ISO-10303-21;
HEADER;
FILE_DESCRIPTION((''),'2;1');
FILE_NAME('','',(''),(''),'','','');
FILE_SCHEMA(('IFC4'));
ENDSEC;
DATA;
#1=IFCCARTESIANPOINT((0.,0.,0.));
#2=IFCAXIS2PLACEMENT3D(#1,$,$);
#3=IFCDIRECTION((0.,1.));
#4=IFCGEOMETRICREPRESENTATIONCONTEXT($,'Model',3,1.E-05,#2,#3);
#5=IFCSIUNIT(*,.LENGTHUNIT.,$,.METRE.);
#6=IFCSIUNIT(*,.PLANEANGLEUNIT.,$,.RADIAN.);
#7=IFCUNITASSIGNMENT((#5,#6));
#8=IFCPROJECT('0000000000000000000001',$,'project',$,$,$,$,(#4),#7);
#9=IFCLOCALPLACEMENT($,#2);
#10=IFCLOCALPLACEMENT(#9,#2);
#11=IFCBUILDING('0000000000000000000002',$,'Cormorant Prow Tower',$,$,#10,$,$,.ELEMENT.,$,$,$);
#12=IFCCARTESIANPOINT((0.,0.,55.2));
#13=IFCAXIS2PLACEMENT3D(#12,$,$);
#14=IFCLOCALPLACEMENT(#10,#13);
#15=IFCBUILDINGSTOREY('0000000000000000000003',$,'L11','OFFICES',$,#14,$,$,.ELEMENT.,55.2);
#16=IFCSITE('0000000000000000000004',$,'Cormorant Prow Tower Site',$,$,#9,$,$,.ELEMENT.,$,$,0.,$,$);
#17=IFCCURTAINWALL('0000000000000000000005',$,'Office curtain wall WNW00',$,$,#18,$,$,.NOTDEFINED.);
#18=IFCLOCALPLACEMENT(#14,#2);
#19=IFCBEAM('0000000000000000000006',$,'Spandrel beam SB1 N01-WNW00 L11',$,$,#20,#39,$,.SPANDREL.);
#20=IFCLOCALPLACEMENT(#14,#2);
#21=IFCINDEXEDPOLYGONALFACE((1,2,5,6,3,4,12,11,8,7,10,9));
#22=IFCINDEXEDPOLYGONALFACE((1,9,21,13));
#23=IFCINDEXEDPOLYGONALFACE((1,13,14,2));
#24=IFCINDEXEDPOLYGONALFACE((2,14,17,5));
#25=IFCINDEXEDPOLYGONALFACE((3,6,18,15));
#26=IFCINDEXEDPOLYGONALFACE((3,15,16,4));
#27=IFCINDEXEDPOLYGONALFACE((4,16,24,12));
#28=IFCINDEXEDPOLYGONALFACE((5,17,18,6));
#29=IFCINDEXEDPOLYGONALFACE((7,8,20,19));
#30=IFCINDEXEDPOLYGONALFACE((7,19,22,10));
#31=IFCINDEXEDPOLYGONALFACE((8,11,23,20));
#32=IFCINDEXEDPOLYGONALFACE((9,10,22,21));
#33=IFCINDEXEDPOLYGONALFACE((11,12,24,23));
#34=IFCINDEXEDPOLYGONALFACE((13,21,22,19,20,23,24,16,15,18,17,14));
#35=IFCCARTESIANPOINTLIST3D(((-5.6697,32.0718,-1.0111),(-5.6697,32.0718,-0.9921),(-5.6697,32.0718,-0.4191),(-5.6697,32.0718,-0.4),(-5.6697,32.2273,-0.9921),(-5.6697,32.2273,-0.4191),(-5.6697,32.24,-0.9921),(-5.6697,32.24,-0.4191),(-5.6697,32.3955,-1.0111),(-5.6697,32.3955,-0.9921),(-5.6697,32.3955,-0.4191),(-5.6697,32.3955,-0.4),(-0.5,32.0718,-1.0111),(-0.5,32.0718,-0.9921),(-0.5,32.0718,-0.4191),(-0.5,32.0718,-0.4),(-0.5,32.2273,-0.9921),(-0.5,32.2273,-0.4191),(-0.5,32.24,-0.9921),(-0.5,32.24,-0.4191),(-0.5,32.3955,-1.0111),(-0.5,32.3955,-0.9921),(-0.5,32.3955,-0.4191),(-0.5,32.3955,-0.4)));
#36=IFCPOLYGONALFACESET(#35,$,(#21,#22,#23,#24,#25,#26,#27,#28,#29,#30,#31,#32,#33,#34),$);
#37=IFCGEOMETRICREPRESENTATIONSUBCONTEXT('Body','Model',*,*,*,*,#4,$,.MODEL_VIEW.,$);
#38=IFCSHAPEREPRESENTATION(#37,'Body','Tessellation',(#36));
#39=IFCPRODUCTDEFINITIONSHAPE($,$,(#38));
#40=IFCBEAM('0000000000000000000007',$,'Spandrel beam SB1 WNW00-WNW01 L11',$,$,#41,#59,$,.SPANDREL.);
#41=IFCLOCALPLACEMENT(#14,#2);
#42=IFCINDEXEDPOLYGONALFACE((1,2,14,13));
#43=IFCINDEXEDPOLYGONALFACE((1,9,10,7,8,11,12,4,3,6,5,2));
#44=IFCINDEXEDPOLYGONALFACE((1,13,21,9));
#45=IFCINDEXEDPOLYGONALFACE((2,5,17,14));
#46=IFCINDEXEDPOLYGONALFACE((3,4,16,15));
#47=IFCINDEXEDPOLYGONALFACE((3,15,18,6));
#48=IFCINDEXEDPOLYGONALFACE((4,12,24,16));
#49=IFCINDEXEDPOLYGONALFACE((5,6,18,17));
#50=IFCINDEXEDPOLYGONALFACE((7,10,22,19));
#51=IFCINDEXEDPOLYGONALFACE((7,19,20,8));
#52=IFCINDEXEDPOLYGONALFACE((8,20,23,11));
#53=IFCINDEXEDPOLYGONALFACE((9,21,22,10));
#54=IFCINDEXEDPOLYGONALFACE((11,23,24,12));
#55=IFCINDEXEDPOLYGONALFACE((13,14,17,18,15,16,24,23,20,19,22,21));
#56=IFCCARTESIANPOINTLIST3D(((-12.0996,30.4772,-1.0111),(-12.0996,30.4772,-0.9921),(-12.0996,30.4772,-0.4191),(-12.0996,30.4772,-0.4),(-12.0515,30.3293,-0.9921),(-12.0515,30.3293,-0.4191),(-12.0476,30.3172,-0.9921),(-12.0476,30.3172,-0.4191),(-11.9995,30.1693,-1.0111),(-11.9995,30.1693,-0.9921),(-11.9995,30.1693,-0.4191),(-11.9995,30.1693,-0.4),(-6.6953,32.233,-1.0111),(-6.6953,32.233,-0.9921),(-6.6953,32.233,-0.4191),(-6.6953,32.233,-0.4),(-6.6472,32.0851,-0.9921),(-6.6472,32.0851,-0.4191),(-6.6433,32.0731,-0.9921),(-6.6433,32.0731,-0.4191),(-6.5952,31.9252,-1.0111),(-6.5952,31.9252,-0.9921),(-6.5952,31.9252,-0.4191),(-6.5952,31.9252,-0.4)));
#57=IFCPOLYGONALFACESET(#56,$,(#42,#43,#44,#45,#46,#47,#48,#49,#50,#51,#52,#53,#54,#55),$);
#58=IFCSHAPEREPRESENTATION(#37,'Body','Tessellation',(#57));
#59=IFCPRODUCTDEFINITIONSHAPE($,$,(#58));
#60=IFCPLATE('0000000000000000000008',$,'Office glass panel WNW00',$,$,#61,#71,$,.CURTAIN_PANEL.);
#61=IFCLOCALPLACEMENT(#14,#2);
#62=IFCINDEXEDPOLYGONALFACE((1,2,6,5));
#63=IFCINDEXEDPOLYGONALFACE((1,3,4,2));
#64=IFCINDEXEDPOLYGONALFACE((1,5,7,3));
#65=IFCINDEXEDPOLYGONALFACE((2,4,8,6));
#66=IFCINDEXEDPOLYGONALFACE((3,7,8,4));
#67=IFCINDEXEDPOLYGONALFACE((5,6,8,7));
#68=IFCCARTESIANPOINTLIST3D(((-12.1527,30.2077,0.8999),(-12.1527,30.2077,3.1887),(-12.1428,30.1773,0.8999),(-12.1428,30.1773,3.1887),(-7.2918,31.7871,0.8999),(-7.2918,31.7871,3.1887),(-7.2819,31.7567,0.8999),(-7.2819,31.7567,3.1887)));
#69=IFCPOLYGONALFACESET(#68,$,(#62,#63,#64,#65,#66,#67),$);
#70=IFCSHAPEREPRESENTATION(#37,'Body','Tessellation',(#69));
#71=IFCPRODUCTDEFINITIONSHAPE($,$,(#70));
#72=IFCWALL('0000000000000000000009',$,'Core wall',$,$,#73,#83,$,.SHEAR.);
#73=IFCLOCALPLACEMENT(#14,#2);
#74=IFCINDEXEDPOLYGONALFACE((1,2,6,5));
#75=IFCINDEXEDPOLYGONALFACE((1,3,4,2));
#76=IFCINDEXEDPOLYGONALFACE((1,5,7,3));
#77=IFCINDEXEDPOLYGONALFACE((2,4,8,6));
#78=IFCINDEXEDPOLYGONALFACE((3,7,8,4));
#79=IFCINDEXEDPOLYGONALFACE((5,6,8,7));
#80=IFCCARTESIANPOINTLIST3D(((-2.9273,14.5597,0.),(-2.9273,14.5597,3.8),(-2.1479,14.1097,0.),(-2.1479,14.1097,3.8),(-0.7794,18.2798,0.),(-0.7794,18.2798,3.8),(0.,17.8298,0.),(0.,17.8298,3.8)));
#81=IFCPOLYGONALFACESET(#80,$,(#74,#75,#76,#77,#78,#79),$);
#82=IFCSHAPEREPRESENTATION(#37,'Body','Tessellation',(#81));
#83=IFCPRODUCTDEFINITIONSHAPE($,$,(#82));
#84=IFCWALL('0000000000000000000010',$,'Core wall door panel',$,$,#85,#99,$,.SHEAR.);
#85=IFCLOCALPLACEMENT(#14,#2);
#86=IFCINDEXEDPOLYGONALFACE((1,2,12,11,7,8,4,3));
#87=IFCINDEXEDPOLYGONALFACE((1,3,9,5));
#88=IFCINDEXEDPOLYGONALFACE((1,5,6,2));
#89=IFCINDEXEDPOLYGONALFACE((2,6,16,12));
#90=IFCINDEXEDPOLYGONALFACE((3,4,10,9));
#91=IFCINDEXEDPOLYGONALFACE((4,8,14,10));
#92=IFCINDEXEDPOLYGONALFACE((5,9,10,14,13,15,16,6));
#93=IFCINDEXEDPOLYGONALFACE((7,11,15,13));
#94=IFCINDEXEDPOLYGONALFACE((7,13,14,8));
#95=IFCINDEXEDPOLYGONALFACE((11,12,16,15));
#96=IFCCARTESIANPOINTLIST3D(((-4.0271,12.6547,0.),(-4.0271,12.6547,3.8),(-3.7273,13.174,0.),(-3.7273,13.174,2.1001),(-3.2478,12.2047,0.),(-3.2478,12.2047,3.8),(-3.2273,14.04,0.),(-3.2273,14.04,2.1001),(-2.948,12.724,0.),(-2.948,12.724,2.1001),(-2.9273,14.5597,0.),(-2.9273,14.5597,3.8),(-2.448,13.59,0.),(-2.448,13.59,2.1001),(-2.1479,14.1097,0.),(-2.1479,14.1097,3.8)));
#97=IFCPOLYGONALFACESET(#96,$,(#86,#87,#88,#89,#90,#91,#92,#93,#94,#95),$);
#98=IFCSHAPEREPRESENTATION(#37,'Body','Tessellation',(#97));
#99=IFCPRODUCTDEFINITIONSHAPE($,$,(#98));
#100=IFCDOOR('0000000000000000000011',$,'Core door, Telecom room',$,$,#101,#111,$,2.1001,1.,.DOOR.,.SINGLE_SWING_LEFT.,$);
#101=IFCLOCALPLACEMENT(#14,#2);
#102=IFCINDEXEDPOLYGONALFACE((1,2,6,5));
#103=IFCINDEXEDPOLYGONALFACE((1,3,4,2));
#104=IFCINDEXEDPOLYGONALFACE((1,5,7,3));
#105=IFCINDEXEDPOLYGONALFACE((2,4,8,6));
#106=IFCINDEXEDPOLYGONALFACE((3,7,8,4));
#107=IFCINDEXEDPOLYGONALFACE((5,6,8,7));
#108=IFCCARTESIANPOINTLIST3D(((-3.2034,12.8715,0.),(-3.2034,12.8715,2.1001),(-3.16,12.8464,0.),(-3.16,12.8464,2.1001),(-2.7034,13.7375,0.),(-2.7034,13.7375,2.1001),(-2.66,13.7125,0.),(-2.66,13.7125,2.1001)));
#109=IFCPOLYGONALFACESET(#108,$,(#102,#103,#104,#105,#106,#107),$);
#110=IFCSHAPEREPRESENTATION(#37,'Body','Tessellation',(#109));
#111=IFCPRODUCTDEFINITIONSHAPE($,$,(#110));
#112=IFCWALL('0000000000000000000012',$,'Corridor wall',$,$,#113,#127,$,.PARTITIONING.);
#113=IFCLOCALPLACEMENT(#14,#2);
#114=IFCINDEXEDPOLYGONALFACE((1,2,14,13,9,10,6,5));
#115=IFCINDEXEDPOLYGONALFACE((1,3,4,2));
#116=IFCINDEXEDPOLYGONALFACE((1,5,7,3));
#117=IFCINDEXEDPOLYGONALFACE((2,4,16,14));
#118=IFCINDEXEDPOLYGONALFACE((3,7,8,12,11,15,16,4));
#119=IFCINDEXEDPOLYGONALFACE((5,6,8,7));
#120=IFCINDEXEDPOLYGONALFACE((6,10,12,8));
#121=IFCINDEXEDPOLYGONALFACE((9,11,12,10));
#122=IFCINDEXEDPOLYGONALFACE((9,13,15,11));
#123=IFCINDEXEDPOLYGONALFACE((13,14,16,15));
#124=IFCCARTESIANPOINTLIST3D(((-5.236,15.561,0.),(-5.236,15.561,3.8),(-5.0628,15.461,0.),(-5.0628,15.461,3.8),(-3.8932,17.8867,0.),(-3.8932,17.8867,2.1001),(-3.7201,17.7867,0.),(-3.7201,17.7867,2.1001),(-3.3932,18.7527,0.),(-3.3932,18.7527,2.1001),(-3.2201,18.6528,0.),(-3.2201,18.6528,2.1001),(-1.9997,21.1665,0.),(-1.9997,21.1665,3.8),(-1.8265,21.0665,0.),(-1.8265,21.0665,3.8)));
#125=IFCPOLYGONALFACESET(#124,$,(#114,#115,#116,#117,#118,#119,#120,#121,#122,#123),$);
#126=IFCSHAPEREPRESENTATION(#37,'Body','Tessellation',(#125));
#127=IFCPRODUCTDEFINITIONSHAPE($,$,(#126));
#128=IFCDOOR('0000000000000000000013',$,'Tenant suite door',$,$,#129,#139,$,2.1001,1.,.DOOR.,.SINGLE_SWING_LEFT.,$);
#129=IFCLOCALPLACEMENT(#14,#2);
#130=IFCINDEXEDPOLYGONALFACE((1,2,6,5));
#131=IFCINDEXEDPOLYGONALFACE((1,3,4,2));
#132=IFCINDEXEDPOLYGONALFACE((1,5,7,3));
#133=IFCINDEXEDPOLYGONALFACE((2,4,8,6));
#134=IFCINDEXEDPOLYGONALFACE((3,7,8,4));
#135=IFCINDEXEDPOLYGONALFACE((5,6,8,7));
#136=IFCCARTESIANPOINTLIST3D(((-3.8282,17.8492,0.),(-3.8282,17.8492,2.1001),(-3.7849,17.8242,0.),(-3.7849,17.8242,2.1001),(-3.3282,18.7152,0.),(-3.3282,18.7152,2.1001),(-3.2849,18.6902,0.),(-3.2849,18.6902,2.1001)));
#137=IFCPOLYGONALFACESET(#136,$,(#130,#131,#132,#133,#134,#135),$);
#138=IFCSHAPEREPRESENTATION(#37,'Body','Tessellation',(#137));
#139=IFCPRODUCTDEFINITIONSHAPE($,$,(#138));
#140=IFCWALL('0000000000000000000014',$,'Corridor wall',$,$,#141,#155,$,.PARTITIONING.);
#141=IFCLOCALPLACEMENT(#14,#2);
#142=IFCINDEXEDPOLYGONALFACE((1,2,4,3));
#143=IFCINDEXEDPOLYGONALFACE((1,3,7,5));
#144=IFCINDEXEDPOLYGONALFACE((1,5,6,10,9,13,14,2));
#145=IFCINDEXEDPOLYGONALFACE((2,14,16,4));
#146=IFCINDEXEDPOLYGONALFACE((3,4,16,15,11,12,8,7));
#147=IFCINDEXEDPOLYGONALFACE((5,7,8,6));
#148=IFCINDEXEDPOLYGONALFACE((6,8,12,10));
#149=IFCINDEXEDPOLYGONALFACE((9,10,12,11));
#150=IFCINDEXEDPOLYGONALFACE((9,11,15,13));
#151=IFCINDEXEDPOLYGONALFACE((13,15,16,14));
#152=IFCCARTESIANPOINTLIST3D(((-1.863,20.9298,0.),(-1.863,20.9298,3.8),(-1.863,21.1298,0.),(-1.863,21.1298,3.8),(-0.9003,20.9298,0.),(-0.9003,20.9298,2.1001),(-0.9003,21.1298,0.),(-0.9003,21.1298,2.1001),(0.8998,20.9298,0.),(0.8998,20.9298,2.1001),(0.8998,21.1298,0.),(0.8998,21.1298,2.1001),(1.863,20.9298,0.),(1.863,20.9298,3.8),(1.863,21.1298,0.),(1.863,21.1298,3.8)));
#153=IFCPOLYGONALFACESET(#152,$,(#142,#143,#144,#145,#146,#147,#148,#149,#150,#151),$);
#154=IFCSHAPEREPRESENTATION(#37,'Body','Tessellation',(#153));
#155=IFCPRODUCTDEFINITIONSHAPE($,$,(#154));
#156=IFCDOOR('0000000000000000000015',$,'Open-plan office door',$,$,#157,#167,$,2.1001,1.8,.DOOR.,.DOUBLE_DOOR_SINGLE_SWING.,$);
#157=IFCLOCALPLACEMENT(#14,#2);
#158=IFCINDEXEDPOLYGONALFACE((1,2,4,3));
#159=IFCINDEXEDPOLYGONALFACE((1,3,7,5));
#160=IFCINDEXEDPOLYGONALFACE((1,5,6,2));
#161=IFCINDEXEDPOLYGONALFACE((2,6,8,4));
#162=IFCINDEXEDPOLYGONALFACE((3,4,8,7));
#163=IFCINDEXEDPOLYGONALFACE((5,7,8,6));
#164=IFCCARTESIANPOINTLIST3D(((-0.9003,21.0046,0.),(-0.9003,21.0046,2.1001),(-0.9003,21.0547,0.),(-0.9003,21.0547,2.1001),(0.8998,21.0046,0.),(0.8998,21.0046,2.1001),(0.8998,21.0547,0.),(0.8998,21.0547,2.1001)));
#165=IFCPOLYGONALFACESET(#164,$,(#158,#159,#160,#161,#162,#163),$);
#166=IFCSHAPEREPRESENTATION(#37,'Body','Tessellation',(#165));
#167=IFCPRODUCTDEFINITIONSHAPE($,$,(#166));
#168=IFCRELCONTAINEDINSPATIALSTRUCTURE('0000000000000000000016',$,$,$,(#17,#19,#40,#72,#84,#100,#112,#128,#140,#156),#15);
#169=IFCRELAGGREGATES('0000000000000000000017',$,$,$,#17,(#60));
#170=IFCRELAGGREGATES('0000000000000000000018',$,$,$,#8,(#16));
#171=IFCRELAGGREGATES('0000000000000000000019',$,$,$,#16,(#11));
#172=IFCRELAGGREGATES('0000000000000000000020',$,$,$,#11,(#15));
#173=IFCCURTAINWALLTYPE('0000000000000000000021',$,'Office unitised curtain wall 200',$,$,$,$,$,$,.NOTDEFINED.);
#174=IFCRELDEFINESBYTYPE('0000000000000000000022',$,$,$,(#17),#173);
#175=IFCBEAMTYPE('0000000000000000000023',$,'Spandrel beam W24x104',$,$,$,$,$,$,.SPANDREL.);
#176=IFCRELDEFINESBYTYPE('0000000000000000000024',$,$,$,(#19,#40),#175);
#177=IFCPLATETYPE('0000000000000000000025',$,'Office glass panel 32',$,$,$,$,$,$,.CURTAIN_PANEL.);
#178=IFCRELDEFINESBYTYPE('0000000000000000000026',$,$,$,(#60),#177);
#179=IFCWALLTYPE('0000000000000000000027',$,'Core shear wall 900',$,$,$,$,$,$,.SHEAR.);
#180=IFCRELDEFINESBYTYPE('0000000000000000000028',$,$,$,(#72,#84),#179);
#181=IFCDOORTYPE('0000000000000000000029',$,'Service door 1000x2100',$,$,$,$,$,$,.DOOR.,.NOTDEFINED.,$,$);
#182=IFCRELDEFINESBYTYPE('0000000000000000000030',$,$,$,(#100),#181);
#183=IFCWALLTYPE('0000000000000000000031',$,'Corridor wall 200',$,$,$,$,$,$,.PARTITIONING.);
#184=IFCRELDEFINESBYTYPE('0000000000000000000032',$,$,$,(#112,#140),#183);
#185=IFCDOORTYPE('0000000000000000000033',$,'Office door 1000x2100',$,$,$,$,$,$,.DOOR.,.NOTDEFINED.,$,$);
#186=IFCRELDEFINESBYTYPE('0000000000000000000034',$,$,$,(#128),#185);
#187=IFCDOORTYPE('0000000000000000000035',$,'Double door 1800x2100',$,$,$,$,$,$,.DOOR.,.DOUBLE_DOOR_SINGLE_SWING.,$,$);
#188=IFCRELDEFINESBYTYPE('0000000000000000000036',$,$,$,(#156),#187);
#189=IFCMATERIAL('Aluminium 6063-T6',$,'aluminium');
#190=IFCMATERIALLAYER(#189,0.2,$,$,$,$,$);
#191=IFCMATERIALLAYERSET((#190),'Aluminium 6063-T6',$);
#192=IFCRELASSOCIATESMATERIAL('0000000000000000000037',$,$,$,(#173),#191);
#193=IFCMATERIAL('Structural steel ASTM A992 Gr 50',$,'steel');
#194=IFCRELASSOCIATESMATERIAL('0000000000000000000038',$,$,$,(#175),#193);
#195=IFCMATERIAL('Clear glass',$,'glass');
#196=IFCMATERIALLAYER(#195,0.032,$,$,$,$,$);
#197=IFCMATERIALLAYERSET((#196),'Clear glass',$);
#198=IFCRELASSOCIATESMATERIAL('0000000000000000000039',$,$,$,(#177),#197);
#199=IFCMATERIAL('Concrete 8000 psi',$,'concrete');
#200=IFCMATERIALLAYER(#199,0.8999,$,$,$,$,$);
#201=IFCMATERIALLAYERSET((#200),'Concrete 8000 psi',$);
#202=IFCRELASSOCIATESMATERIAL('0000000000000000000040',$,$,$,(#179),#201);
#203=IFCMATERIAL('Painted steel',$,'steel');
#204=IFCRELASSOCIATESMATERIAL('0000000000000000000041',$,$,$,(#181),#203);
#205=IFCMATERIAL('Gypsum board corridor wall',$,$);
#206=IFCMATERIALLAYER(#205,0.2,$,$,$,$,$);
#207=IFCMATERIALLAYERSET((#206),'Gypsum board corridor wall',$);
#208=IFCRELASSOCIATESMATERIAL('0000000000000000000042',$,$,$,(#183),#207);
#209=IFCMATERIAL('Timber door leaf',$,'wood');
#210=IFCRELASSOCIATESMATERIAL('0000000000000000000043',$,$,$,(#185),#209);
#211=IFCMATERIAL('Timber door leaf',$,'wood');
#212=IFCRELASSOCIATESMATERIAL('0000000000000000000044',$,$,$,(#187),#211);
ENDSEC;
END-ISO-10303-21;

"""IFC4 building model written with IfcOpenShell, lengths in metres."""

from ifc_helpers import new_model, si_unit, direction, frame, frame_2d, origin, origin_2d, place, context, subcontext, project, spatial, rectangle, i_section, extrude, material, layer, layer_set, material_profile, profile_set, type_object, element, fill, aggregate, save


model = new_model("IFC4")

# Units and contexts
model_context = context("Model", 3, precision=1e-05, world=origin(), true_north=direction((0.0, 1.0)))
body_context = subcontext(model_context, "Body", "Model", "MODEL_VIEW")
ifc_project = project(units=[si_unit("LENGTHUNIT", "METRE"), si_unit("PLANEANGLEUNIT", "RADIAN")], contexts=[model_context])

# Site, building, storey
site_placement = place(None, origin())
site = spatial("IfcSite", under=ifc_project, at=site_placement, Name="Cormorant Prow Tower Site", CompositionType="ELEMENT", RefElevation=0.0)
building_placement = place(site_placement, origin())
building = spatial("IfcBuilding", under=site, at=building_placement, Name="Cormorant Prow Tower", CompositionType="ELEMENT")
storey_placement = place(building_placement, frame((0.0, 0.0, 55.2)))
storey = spatial("IfcBuildingStorey", under=building, at=storey_placement, Name="L11", Description="OFFICES", CompositionType="ELEMENT", Elevation=55.2)

# Curtain wall
ifc_material_1 = material(Name="Aluminium 6063-T6", Category="aluminium")
ifc_layer_1 = layer(ifc_material_1, 0.2)
ifc_layer_set_1 = layer_set([ifc_layer_1], Name="Aluminium 6063-T6")
curtain_wall_type = type_object("IfcCurtainWallType", Name="Office unitised curtain wall 200", PredefinedType="NOTDEFINED", material=ifc_layer_set_1)
curtain_wall_placement = place(storey_placement, origin())
curtain_wall = element("IfcCurtainWall", 1, at=curtain_wall_placement, inside=storey, type_object=curtain_wall_type, Name="Office curtain wall WNW00", PredefinedType="NOTDEFINED")

# Beams
ifc_material_2 = material(Name="Structural steel ASTM A992 Gr 50", Category="steel")
ifc_material_profile_1 = material_profile(ifc_material_2, i_section(OverallWidth=0.3237, OverallDepth=0.6111, WebThickness=0.0127, FlangeThickness=0.019, at=origin_2d()), Name="W24x104")
ifc_profile_set_1 = profile_set([ifc_material_profile_1], Name="Structural steel ASTM A992 Gr 50")
beam_type_1 = type_object("IfcBeamType", Name="Spandrel beam W24x104", PredefinedType="SPANDREL", material=ifc_profile_set_1)
beam_1_placement = place(storey_placement, frame((-0.5, 32.2336, -0.7056), z_axis=(-1.0, 0.0, 0.0), x_axis=(0.0, -1.0, 0.0)))
element("IfcBeam", 2, at=beam_1_placement, inside=storey, type_object=beam_type_1, Name="Spandrel beam SB1 N01-WNW00 L11", PredefinedType="SPANDREL", context=body_context, shape_type="SweptSolid", body=[
    extrude(i_section(OverallWidth=0.3237, OverallDepth=0.6111, WebThickness=0.0127, FlangeThickness=0.019, at=origin_2d()), origin(), (0.0, 0.0, 1.0), 5.1697),
])
beam_2_placement = place(storey_placement, frame((-6.6453, 32.0791, -0.7056), z_axis=(-0.951062, -0.309001, 0.0), x_axis=(0.309001, -0.951062, 0.0)))
element("IfcBeam", 3, at=beam_2_placement, inside=storey, type_object=beam_type_1, Name="Spandrel beam SB1 WNW00-WNW01 L11", PredefinedType="SPANDREL", context=body_context, shape_type="SweptSolid", body=[
    extrude(i_section(OverallWidth=0.3237, OverallDepth=0.6111, WebThickness=0.0127, FlangeThickness=0.019, at=origin_2d()), origin(), (0.0, 0.0, 1.0), 5.6824),
])

# Plate
ifc_material_3 = material(Name="Clear glass", Category="glass")
ifc_layer_2 = layer(ifc_material_3, 0.032)
ifc_layer_set_2 = layer_set([ifc_layer_2], Name="Clear glass")
plate_type = type_object("IfcPlateType", Name="Office glass panel 32", PredefinedType="CURTAIN_PANEL", material=ifc_layer_set_2)
plate_placement = place(storey_placement, frame((-9.7173, 30.9822, 0.8999), z_axis=(0.0, 0.0, 1.0), x_axis=(-0.951056, -0.309017, 0.0)))
plate = element("IfcPlate", 4, at=plate_placement, type_object=plate_type, Name="Office glass panel WNW00", PredefinedType="CURTAIN_PANEL", context=body_context, shape_type="SweptSolid", body=[
    extrude(rectangle(XDim=5.1111, YDim=0.032, at=origin_2d()), origin(), (0.0, 0.0, 1.0), 2.2888),
])
aggregate(curtain_wall, [plate])

# Wall
ifc_material_4 = material(Name="Concrete 8000 psi", Category="concrete")
ifc_layer_3 = layer(ifc_material_4, 0.8999)
ifc_layer_set_3 = layer_set([ifc_layer_3], Name="Concrete 8000 psi")
wall_type_1 = type_object("IfcWallType", Name="Core shear wall 900", PredefinedType="SHEAR", material=ifc_layer_set_3)
wall_1_placement = place(storey_placement, frame((-0.3896, 18.0549, 0.0), z_axis=(0.0, 0.0, 1.0), x_axis=(-0.500014, -0.866017, 0.0)))
element("IfcWall", 5, at=wall_1_placement, inside=storey, type_object=wall_type_1, Name="Core wall", PredefinedType="SHEAR", context=body_context, shape_type="SweptSolid", body=[
    extrude(rectangle(XDim=4.2957, YDim=0.8999, at=frame_2d((2.1479, 0.0))), origin(), (0.0, 0.0, 1.0), 3.8),
])

# Walls, openings, doors
wall_2_placement = place(storey_placement, frame((-2.5376, 14.3347, 0.0), z_axis=(0.0, 0.0, 1.0), x_axis=(-0.499995, -0.866028, 0.0)))
wall_2 = element("IfcWall", 6, at=wall_2_placement, inside=storey, type_object=wall_type_1, Name="Core wall door panel", PredefinedType="SHEAR", context=body_context, shape_type="SweptSolid", body=[
    extrude(rectangle(XDim=2.1997, YDim=0.8999, at=frame_2d((1.0999, 0.0))), origin(), (0.0, 0.0, 1.0), 3.8),
])
opening_1_placement = place(wall_2_placement, frame((0.6001, 0.0, 0.0)))
opening_1 = element("IfcOpeningElement", 7, at=opening_1_placement, cuts=wall_2, PredefinedType="OPENING", context=body_context, shape_type="SweptSolid", body=[
    extrude(rectangle(XDim=1.0, YDim=2.1001, at=frame_2d((0.5, 1.05))), frame((0.0, 0.46, 0.0), z_axis=(0.0, -1.0, 0.0), x_axis=(1.0, 0.0, 0.0)), (0.0, 0.0, 1.0), 0.9199),
])
ifc_material_5 = material(Name="Painted steel", Category="steel")
door_type_1 = type_object("IfcDoorType", Name="Service door 1000x2100", OperationType="NOTDEFINED", PredefinedType="DOOR", material=ifc_material_5)
door_1_placement = place(opening_1_placement, origin())
door_1 = element("IfcDoor", 8, at=door_1_placement, inside=storey, type_object=door_type_1, Name="Core door, Telecom room", OperationType="SINGLE_SWING_LEFT", OverallHeight=2.1001, OverallWidth=1.0, PredefinedType="DOOR", context=body_context, shape_type="SweptSolid", body=[
    extrude(rectangle(XDim=1.0, YDim=2.1001, at=frame_2d((0.5, 1.05))), frame((0.0, 0.2051, 0.0), z_axis=(0.0, -1.0, 0.0), x_axis=(1.0, 0.0, 0.0)), (0.0, 0.0, 1.0), 0.05),
])
fill(opening_1, door_1)
ifc_material_6 = material(Name="Gypsum board corridor wall")
ifc_layer_4 = layer(ifc_material_6, 0.2)
ifc_layer_set_4 = layer_set([ifc_layer_4], Name="Gypsum board corridor wall")
wall_type_2 = type_object("IfcWallType", Name="Corridor wall 200", PredefinedType="PARTITIONING", material=ifc_layer_set_4)
wall_3_placement = place(storey_placement, frame((-5.1494, 15.511, 0.0), z_axis=(0.0, 0.0, 1.0), x_axis=(0.500001, 0.866025, 0.0)))
wall_3 = element("IfcWall", 9, at=wall_3_placement, inside=storey, type_object=wall_type_2, Name="Corridor wall", PredefinedType="PARTITIONING", context=body_context, shape_type="SweptSolid", body=[
    extrude(rectangle(XDim=6.4727, YDim=0.2, at=frame_2d((3.2363, 0.0))), origin(), (0.0, 0.0, 1.0), 3.8),
])
opening_2_placement = place(wall_3_placement, frame((2.6855, 0.0, 0.0)))
opening_2 = element("IfcOpeningElement", 10, at=opening_2_placement, cuts=wall_3, PredefinedType="OPENING", context=body_context, shape_type="SweptSolid", body=[
    extrude(rectangle(XDim=1.0, YDim=2.1001, at=frame_2d((0.5, 1.05))), frame((0.0, 0.1099, 0.0), z_axis=(0.0, -1.0, 0.0), x_axis=(1.0, 0.0, 0.0)), (0.0, 0.0, 1.0), 0.22),
])
ifc_material_7 = material(Name="Timber door leaf", Category="wood")
door_type_2 = type_object("IfcDoorType", Name="Office door 1000x2100", OperationType="NOTDEFINED", PredefinedType="DOOR", material=ifc_material_7)
door_2_placement = place(opening_2_placement, origin())
door_2 = element("IfcDoor", 11, at=door_2_placement, inside=storey, type_object=door_type_2, Name="Tenant suite door", OperationType="SINGLE_SWING_LEFT", OverallHeight=2.1001, OverallWidth=1.0, PredefinedType="DOOR", context=body_context, shape_type="SweptSolid", body=[
    extrude(rectangle(XDim=1.0, YDim=2.1001, at=frame_2d((0.5, 1.05))), frame((0.0, 0.0249, 0.0), z_axis=(0.0, -1.0, 0.0), x_axis=(1.0, 0.0, 0.0)), (0.0, 0.0, 1.0), 0.05),
])
fill(opening_2, door_2)
wall_4_placement = place(storey_placement, frame((-1.863, 21.0298, 0.0), z_axis=(0.0, 0.0, 1.0), x_axis=(1.0, 0.0, 0.0)))
wall_4 = element("IfcWall", 12, at=wall_4_placement, inside=storey, type_object=wall_type_2, Name="Corridor wall", PredefinedType="PARTITIONING", context=body_context, shape_type="SweptSolid", body=[
    extrude(rectangle(XDim=3.7261, YDim=0.2, at=frame_2d((1.863, 0.0))), origin(), (0.0, 0.0, 1.0), 3.8),
])
opening_3_placement = place(wall_4_placement, frame((0.9629, 0.0, 0.0)))
opening_3 = element("IfcOpeningElement", 13, at=opening_3_placement, cuts=wall_4, PredefinedType="OPENING", context=body_context, shape_type="SweptSolid", body=[
    extrude(rectangle(XDim=1.8, YDim=2.1001, at=frame_2d((0.8999, 1.05))), frame((0.0, 0.1099, 0.0), z_axis=(0.0, -1.0, 0.0), x_axis=(1.0, 0.0, 0.0)), (0.0, 0.0, 1.0), 0.22),
])
ifc_material_8 = material(Name="Timber door leaf", Category="wood")
door_type_3 = type_object("IfcDoorType", Name="Double door 1800x2100", OperationType="DOUBLE_DOOR_SINGLE_SWING", PredefinedType="DOOR", material=ifc_material_8)
door_3_placement = place(opening_3_placement, origin())
door_3 = element("IfcDoor", 14, at=door_3_placement, inside=storey, type_object=door_type_3, Name="Open-plan office door", OperationType="DOUBLE_DOOR_SINGLE_SWING", OverallHeight=2.1001, OverallWidth=1.8, PredefinedType="DOOR", context=body_context, shape_type="SweptSolid", body=[
    extrude(rectangle(XDim=1.8, YDim=2.1001, at=frame_2d((0.8999, 1.05))), frame((0.0, 0.0249, 0.0), z_axis=(0.0, -1.0, 0.0), x_axis=(1.0, 0.0, 0.0)), (0.0, 0.0, 1.0), 0.05),
])
fill(opening_3, door_3)

save(model, "model.ifc")
